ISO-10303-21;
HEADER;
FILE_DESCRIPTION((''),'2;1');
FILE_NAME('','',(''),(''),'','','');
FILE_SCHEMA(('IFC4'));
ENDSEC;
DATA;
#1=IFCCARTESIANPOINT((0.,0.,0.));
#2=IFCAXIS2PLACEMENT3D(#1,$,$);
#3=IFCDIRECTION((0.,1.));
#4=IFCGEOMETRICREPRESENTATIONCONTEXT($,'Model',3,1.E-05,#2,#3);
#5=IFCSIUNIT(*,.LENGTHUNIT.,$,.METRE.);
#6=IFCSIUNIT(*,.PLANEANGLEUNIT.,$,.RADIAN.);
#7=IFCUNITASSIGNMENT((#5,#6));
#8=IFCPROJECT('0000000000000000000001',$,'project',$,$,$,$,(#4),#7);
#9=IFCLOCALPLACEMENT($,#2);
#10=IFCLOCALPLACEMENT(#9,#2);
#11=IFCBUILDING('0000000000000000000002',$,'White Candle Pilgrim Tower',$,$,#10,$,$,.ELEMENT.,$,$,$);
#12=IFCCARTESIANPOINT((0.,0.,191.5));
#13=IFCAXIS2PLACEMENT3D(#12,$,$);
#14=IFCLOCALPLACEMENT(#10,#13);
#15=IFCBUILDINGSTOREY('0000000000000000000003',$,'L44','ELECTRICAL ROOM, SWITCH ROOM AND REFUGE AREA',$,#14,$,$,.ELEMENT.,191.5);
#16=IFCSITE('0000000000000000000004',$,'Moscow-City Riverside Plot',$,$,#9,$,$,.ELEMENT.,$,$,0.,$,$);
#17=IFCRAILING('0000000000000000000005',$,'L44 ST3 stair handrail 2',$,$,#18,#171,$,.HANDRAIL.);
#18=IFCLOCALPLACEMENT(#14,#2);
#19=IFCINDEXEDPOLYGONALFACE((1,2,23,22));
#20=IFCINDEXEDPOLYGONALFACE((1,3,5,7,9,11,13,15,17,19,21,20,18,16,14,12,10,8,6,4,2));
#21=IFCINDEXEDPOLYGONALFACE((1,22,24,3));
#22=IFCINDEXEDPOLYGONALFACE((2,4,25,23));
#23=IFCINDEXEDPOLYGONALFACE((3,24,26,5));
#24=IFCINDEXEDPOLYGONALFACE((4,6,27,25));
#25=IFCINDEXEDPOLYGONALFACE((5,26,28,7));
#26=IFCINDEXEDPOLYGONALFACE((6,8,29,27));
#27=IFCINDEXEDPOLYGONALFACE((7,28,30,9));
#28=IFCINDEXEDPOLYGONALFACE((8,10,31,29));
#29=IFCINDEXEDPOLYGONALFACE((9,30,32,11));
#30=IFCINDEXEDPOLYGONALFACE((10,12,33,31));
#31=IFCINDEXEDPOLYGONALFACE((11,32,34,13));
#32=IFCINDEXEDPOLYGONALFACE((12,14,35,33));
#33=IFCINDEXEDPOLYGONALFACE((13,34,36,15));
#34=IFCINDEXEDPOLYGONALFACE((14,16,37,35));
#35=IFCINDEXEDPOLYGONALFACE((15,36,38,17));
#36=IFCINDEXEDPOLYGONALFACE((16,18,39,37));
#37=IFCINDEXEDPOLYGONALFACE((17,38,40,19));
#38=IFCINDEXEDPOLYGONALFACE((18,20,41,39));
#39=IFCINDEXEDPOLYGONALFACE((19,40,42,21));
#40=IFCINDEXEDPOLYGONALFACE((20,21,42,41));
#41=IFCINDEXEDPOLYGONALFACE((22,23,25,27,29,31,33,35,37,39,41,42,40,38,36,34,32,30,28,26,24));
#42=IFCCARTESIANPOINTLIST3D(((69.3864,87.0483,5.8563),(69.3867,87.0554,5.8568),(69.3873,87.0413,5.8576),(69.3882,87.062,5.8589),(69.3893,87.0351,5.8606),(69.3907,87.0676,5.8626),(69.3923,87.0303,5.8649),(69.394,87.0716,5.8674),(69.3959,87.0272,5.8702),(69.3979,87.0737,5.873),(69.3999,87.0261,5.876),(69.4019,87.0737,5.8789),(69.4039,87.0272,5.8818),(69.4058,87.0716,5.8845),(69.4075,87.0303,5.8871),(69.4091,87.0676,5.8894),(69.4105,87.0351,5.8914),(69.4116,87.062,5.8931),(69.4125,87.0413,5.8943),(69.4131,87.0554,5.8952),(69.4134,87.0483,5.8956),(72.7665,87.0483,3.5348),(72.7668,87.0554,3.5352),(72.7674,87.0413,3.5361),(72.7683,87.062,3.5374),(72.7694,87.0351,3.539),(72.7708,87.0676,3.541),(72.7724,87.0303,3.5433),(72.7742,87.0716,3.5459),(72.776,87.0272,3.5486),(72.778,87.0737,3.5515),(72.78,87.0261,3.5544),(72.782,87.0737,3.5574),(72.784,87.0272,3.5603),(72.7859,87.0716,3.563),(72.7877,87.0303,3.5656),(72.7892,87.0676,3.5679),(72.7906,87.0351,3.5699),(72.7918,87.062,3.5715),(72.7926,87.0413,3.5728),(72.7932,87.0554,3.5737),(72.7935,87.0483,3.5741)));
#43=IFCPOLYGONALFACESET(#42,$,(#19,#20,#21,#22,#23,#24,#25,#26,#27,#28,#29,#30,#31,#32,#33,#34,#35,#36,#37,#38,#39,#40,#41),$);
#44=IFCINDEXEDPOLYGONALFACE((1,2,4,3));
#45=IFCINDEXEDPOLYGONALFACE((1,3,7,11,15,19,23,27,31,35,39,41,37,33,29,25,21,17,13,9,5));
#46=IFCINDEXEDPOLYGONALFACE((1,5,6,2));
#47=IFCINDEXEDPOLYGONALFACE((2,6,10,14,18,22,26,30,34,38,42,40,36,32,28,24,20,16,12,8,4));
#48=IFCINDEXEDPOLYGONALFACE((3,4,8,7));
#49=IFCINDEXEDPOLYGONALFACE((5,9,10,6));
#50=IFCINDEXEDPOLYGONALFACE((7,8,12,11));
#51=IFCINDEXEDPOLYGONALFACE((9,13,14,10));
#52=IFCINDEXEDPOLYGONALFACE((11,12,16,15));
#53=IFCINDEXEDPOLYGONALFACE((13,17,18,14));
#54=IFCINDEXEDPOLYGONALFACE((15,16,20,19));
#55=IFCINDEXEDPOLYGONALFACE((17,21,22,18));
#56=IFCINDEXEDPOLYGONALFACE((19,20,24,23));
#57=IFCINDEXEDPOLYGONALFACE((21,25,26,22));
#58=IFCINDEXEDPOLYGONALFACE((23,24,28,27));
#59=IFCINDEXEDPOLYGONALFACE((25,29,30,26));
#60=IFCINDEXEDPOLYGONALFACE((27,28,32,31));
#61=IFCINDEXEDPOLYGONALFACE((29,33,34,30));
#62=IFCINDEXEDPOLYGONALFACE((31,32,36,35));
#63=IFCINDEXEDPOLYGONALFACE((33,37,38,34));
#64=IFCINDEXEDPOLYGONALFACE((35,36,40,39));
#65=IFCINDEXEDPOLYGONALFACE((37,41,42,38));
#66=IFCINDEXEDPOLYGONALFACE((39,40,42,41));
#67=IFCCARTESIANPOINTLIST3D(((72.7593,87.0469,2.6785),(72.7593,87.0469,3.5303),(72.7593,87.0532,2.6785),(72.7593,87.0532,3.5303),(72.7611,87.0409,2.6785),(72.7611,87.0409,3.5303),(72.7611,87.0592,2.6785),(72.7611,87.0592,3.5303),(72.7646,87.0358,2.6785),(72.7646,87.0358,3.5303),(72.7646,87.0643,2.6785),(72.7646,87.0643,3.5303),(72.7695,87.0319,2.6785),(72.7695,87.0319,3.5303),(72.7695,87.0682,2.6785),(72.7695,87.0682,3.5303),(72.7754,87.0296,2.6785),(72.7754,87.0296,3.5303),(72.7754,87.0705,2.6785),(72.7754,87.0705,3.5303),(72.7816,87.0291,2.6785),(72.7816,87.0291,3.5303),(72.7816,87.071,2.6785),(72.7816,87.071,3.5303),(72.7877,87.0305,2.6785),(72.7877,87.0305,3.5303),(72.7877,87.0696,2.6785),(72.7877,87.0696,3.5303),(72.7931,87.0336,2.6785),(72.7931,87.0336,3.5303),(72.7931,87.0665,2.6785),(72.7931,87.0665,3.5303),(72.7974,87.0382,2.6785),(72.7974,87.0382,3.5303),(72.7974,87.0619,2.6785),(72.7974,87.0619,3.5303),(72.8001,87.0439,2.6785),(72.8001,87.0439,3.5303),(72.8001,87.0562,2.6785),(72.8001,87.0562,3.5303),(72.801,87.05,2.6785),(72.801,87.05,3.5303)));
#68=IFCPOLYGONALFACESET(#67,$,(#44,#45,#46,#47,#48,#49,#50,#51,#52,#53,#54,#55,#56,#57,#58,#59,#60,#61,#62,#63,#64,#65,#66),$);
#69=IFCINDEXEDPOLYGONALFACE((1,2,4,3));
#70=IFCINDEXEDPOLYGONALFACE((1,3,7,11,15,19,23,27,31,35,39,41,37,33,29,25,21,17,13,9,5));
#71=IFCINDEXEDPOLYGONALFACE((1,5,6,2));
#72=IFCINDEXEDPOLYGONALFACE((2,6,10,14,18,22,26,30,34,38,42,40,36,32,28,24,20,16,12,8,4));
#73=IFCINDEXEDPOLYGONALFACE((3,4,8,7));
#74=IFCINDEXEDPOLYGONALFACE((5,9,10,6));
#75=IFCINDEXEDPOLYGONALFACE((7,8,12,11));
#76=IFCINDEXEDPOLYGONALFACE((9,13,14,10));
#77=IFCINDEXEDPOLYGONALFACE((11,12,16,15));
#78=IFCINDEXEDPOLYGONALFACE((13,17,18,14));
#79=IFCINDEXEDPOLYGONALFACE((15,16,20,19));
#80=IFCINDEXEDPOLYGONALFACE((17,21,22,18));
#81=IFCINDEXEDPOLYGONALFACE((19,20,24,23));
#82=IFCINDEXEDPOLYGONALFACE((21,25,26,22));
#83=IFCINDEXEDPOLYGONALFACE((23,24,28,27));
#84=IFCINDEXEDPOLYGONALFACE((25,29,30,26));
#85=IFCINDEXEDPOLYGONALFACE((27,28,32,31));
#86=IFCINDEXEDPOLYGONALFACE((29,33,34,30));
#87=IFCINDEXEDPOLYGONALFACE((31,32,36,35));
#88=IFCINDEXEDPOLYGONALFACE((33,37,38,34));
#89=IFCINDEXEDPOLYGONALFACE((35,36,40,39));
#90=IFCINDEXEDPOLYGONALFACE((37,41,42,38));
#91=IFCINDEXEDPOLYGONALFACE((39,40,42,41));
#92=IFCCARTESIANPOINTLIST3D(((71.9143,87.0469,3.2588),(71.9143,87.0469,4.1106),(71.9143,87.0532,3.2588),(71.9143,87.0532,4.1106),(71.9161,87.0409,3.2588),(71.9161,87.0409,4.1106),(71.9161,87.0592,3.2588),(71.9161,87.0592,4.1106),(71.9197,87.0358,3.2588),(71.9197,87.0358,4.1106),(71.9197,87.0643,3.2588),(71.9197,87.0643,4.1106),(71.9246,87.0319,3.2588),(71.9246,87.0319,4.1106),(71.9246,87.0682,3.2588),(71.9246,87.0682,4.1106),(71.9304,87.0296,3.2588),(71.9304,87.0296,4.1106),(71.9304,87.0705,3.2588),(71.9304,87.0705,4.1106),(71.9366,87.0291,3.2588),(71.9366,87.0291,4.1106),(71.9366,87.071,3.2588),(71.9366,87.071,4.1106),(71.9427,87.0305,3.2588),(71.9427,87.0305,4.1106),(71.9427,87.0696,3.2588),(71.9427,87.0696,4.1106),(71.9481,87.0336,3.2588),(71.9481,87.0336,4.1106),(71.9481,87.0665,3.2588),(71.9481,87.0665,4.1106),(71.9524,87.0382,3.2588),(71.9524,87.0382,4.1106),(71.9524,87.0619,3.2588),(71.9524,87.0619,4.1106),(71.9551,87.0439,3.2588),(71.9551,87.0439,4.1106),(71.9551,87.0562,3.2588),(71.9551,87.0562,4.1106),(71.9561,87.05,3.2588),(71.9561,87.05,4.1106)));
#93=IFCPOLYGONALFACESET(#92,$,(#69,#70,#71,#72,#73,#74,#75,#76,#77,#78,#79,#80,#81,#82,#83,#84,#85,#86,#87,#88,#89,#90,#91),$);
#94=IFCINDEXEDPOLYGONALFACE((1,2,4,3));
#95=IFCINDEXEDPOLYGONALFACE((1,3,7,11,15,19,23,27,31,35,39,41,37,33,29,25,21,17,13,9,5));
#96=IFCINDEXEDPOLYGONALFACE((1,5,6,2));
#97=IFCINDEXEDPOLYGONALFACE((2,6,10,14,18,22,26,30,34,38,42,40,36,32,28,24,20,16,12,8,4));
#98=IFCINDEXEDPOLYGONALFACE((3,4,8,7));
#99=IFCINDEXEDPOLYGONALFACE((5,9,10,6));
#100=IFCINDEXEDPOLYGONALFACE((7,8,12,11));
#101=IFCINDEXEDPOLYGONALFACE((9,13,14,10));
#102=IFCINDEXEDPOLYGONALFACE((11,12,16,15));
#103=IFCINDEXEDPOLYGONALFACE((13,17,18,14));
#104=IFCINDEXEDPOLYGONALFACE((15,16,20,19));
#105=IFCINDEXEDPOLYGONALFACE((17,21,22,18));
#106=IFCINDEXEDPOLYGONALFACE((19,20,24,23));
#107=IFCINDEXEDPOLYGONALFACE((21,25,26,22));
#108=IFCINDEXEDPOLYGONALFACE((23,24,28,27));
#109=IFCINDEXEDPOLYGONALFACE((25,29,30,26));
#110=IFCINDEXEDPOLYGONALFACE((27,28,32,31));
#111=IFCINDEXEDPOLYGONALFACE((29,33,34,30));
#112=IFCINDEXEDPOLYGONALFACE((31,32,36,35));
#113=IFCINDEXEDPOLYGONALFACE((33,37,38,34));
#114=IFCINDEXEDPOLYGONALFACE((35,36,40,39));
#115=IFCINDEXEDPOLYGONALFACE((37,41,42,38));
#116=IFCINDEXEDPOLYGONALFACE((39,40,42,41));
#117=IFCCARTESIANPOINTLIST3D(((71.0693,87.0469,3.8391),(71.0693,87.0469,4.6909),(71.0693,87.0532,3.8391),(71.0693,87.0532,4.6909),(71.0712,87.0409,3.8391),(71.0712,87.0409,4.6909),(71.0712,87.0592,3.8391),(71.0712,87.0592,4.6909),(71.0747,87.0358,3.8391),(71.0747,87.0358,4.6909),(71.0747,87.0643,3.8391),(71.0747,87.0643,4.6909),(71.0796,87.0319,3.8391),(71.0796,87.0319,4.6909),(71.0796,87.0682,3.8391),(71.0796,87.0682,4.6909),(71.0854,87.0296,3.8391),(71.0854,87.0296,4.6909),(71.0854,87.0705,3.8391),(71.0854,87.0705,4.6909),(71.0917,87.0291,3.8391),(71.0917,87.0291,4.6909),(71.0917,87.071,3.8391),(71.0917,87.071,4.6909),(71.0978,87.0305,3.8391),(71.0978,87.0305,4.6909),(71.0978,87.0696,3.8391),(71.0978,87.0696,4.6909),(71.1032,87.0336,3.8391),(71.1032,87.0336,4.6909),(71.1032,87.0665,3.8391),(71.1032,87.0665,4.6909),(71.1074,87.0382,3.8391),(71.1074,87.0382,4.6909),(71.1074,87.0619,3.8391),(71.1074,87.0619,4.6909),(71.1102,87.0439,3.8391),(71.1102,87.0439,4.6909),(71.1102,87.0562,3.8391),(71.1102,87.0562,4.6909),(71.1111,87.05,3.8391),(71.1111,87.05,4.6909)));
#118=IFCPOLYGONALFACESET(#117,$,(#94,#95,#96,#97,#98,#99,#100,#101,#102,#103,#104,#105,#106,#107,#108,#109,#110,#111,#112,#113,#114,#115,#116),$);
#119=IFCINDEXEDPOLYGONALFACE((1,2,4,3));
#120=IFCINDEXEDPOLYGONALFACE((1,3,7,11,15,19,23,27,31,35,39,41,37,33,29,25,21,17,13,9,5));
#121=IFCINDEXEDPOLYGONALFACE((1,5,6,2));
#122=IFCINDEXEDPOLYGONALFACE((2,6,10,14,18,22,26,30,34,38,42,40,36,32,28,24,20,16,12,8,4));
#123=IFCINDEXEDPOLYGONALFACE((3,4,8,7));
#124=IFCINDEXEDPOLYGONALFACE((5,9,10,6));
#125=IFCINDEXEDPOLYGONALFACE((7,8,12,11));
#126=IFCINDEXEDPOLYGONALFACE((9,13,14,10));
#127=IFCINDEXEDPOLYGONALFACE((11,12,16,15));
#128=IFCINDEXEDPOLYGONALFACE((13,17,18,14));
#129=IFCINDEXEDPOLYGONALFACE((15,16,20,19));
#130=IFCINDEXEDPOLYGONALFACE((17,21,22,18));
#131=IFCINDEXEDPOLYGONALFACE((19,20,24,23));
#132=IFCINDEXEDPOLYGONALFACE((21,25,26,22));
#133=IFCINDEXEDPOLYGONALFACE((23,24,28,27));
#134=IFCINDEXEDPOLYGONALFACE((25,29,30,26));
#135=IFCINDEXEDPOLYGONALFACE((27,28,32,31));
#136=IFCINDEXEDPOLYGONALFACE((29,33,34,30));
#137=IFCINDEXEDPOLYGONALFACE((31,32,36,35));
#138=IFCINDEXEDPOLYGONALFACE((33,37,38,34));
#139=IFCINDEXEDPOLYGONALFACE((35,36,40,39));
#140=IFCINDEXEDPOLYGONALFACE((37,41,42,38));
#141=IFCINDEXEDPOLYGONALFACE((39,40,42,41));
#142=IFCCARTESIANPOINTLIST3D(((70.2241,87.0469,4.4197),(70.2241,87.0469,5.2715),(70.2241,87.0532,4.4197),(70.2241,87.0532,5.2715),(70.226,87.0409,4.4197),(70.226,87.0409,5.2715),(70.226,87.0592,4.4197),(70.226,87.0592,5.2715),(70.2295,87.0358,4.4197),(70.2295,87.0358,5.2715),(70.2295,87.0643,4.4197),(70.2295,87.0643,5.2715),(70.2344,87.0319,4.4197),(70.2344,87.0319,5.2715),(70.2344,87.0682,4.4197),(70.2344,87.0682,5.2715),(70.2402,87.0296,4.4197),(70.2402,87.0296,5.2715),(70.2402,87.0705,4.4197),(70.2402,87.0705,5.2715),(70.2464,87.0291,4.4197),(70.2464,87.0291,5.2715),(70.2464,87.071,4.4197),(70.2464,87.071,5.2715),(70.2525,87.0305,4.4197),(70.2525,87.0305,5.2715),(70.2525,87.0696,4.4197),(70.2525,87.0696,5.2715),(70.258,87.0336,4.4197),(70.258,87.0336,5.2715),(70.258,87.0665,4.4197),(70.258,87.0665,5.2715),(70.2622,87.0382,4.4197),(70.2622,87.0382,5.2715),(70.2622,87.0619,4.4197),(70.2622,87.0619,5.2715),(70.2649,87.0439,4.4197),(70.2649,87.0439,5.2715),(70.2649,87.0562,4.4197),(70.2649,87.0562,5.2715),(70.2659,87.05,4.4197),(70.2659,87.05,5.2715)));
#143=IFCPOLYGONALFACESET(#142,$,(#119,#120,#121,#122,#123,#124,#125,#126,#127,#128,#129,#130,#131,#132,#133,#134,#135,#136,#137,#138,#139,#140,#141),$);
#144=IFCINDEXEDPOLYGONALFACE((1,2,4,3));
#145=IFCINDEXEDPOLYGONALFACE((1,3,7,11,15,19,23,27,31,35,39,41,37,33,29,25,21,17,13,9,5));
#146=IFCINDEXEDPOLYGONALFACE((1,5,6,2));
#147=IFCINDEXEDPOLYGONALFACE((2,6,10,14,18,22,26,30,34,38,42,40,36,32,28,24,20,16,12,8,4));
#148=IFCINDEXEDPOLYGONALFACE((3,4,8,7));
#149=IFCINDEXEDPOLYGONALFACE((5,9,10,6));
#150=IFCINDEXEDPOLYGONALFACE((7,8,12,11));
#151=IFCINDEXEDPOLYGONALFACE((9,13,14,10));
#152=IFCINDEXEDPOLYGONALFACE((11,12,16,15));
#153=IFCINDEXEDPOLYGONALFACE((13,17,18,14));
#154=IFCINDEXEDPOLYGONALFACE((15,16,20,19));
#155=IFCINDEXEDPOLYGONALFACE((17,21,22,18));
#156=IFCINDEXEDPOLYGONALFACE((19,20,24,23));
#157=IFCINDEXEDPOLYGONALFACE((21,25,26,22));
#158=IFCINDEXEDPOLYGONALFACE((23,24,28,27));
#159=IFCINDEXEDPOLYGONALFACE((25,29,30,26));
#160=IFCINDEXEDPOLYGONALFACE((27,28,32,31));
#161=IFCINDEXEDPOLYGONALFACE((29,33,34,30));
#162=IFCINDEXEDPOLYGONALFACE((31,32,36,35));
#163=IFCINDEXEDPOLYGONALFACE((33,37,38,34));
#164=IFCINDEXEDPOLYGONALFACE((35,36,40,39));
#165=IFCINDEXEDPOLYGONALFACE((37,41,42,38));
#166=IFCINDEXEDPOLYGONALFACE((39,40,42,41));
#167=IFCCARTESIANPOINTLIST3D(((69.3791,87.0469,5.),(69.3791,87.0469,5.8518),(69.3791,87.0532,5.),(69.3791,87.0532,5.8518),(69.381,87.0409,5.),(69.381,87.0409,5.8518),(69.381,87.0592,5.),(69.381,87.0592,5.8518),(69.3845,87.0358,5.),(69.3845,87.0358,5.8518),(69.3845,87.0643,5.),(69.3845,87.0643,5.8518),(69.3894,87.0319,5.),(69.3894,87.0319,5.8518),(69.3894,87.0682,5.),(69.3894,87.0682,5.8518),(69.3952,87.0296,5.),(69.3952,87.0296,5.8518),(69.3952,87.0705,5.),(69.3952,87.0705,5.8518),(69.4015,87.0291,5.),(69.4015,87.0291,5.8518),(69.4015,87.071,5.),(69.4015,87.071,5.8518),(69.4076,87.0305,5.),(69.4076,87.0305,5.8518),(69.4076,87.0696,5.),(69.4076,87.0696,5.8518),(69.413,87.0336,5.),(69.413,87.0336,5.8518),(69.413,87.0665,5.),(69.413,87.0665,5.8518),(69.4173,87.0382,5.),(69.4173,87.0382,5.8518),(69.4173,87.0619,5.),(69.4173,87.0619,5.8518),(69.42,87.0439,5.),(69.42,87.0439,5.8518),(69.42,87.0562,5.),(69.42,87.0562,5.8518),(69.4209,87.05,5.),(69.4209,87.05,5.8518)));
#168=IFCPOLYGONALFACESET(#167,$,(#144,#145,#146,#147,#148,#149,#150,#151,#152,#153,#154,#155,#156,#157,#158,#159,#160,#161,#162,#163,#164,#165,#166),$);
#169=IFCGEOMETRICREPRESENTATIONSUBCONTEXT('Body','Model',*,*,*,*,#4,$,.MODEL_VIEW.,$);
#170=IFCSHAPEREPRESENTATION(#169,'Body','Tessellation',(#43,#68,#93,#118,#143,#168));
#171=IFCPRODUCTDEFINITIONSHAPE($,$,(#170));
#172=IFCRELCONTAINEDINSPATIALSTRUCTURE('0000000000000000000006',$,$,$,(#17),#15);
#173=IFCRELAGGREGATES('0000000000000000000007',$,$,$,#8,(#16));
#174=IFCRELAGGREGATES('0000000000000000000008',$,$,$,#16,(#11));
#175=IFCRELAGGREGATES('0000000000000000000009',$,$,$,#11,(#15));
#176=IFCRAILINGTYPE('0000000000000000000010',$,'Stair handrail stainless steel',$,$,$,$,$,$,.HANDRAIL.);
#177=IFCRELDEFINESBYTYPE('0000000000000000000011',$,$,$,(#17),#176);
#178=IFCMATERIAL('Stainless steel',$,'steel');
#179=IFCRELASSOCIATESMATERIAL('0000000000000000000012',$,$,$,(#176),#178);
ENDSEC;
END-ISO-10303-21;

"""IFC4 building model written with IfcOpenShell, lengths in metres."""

from ifc_helpers import new_model, si_unit, direction, frame, origin, origin_2d, place, context, subcontext, project, spatial, circle, extrude, material, type_object, element, save


model = new_model("IFC4")

# Units and contexts
model_context = context("Model", 3, precision=1e-05, world=origin(), true_north=direction((0.0, 1.0)))
body_context = subcontext(model_context, "Body", "Model", "MODEL_VIEW")
ifc_project = project(units=[si_unit("LENGTHUNIT", "METRE"), si_unit("PLANEANGLEUNIT", "RADIAN")], contexts=[model_context])

# Site, building, storey
site_placement = place(None, origin())
site = spatial("IfcSite", under=ifc_project, at=site_placement, Name="Moscow-City Riverside Plot", CompositionType="ELEMENT", RefElevation=0.0)
building_placement = place(site_placement, origin())
building = spatial("IfcBuilding", under=site, at=building_placement, Name="White Candle Pilgrim Tower", CompositionType="ELEMENT")
storey_placement = place(building_placement, frame((0.0, 0.0, 191.5)))
storey = spatial("IfcBuildingStorey", under=building, at=storey_placement, Name="L44", Description="ELECTRICAL ROOM, SWITCH ROOM AND REFUGE AREA", CompositionType="ELEMENT", Elevation=191.5)

# Shared definitions
ifc_material_1 = material(Name="Stainless steel", Category="steel")

# Railing
railing_type_1 = type_object("IfcRailingType", Name="Stair handrail stainless steel", PredefinedType="HANDRAIL", material=ifc_material_1)
railing_1_placement = place(storey_placement, frame((72.78, 87.05, 2.6785)))
element("IfcRailing", 1, at=railing_1_placement, inside=storey, type_object=railing_type_1, Name="L44 ST3 stair handrail 2", PredefinedType="HANDRAIL", context=body_context, shape_type="SweptSolid", body=[
    extrude(circle(Radius=0.0239, at=origin_2d()), frame((0.0, 0.0, 0.876), z_axis=(-0.824304, 0.0, 0.566147), x_axis=(0.0, -1.0, 0.0)), (0.0, 0.0, 1.0), 4.1006),
    extrude(circle(Radius=0.021, at=origin_2d()), origin(), (0.0, 0.0, 1.0), 0.8518),
    extrude(circle(Radius=0.021, at=origin_2d()), frame((-0.845, 0.0, 0.5803)), (0.0, 0.0, 1.0), 0.8518),
    extrude(circle(Radius=0.021, at=origin_2d()), frame((-1.6899, 0.0, 1.1606)), (0.0, 0.0, 1.0), 0.8518),
    extrude(circle(Radius=0.021, at=origin_2d()), frame((-2.5352, 0.0, 1.7412)), (0.0, 0.0, 1.0), 0.8518),
    extrude(circle(Radius=0.021, at=origin_2d()), frame((-3.3801, 0.0, 2.3215)), (0.0, 0.0, 1.0), 0.8518),
])

save(model, "model.ifc")
